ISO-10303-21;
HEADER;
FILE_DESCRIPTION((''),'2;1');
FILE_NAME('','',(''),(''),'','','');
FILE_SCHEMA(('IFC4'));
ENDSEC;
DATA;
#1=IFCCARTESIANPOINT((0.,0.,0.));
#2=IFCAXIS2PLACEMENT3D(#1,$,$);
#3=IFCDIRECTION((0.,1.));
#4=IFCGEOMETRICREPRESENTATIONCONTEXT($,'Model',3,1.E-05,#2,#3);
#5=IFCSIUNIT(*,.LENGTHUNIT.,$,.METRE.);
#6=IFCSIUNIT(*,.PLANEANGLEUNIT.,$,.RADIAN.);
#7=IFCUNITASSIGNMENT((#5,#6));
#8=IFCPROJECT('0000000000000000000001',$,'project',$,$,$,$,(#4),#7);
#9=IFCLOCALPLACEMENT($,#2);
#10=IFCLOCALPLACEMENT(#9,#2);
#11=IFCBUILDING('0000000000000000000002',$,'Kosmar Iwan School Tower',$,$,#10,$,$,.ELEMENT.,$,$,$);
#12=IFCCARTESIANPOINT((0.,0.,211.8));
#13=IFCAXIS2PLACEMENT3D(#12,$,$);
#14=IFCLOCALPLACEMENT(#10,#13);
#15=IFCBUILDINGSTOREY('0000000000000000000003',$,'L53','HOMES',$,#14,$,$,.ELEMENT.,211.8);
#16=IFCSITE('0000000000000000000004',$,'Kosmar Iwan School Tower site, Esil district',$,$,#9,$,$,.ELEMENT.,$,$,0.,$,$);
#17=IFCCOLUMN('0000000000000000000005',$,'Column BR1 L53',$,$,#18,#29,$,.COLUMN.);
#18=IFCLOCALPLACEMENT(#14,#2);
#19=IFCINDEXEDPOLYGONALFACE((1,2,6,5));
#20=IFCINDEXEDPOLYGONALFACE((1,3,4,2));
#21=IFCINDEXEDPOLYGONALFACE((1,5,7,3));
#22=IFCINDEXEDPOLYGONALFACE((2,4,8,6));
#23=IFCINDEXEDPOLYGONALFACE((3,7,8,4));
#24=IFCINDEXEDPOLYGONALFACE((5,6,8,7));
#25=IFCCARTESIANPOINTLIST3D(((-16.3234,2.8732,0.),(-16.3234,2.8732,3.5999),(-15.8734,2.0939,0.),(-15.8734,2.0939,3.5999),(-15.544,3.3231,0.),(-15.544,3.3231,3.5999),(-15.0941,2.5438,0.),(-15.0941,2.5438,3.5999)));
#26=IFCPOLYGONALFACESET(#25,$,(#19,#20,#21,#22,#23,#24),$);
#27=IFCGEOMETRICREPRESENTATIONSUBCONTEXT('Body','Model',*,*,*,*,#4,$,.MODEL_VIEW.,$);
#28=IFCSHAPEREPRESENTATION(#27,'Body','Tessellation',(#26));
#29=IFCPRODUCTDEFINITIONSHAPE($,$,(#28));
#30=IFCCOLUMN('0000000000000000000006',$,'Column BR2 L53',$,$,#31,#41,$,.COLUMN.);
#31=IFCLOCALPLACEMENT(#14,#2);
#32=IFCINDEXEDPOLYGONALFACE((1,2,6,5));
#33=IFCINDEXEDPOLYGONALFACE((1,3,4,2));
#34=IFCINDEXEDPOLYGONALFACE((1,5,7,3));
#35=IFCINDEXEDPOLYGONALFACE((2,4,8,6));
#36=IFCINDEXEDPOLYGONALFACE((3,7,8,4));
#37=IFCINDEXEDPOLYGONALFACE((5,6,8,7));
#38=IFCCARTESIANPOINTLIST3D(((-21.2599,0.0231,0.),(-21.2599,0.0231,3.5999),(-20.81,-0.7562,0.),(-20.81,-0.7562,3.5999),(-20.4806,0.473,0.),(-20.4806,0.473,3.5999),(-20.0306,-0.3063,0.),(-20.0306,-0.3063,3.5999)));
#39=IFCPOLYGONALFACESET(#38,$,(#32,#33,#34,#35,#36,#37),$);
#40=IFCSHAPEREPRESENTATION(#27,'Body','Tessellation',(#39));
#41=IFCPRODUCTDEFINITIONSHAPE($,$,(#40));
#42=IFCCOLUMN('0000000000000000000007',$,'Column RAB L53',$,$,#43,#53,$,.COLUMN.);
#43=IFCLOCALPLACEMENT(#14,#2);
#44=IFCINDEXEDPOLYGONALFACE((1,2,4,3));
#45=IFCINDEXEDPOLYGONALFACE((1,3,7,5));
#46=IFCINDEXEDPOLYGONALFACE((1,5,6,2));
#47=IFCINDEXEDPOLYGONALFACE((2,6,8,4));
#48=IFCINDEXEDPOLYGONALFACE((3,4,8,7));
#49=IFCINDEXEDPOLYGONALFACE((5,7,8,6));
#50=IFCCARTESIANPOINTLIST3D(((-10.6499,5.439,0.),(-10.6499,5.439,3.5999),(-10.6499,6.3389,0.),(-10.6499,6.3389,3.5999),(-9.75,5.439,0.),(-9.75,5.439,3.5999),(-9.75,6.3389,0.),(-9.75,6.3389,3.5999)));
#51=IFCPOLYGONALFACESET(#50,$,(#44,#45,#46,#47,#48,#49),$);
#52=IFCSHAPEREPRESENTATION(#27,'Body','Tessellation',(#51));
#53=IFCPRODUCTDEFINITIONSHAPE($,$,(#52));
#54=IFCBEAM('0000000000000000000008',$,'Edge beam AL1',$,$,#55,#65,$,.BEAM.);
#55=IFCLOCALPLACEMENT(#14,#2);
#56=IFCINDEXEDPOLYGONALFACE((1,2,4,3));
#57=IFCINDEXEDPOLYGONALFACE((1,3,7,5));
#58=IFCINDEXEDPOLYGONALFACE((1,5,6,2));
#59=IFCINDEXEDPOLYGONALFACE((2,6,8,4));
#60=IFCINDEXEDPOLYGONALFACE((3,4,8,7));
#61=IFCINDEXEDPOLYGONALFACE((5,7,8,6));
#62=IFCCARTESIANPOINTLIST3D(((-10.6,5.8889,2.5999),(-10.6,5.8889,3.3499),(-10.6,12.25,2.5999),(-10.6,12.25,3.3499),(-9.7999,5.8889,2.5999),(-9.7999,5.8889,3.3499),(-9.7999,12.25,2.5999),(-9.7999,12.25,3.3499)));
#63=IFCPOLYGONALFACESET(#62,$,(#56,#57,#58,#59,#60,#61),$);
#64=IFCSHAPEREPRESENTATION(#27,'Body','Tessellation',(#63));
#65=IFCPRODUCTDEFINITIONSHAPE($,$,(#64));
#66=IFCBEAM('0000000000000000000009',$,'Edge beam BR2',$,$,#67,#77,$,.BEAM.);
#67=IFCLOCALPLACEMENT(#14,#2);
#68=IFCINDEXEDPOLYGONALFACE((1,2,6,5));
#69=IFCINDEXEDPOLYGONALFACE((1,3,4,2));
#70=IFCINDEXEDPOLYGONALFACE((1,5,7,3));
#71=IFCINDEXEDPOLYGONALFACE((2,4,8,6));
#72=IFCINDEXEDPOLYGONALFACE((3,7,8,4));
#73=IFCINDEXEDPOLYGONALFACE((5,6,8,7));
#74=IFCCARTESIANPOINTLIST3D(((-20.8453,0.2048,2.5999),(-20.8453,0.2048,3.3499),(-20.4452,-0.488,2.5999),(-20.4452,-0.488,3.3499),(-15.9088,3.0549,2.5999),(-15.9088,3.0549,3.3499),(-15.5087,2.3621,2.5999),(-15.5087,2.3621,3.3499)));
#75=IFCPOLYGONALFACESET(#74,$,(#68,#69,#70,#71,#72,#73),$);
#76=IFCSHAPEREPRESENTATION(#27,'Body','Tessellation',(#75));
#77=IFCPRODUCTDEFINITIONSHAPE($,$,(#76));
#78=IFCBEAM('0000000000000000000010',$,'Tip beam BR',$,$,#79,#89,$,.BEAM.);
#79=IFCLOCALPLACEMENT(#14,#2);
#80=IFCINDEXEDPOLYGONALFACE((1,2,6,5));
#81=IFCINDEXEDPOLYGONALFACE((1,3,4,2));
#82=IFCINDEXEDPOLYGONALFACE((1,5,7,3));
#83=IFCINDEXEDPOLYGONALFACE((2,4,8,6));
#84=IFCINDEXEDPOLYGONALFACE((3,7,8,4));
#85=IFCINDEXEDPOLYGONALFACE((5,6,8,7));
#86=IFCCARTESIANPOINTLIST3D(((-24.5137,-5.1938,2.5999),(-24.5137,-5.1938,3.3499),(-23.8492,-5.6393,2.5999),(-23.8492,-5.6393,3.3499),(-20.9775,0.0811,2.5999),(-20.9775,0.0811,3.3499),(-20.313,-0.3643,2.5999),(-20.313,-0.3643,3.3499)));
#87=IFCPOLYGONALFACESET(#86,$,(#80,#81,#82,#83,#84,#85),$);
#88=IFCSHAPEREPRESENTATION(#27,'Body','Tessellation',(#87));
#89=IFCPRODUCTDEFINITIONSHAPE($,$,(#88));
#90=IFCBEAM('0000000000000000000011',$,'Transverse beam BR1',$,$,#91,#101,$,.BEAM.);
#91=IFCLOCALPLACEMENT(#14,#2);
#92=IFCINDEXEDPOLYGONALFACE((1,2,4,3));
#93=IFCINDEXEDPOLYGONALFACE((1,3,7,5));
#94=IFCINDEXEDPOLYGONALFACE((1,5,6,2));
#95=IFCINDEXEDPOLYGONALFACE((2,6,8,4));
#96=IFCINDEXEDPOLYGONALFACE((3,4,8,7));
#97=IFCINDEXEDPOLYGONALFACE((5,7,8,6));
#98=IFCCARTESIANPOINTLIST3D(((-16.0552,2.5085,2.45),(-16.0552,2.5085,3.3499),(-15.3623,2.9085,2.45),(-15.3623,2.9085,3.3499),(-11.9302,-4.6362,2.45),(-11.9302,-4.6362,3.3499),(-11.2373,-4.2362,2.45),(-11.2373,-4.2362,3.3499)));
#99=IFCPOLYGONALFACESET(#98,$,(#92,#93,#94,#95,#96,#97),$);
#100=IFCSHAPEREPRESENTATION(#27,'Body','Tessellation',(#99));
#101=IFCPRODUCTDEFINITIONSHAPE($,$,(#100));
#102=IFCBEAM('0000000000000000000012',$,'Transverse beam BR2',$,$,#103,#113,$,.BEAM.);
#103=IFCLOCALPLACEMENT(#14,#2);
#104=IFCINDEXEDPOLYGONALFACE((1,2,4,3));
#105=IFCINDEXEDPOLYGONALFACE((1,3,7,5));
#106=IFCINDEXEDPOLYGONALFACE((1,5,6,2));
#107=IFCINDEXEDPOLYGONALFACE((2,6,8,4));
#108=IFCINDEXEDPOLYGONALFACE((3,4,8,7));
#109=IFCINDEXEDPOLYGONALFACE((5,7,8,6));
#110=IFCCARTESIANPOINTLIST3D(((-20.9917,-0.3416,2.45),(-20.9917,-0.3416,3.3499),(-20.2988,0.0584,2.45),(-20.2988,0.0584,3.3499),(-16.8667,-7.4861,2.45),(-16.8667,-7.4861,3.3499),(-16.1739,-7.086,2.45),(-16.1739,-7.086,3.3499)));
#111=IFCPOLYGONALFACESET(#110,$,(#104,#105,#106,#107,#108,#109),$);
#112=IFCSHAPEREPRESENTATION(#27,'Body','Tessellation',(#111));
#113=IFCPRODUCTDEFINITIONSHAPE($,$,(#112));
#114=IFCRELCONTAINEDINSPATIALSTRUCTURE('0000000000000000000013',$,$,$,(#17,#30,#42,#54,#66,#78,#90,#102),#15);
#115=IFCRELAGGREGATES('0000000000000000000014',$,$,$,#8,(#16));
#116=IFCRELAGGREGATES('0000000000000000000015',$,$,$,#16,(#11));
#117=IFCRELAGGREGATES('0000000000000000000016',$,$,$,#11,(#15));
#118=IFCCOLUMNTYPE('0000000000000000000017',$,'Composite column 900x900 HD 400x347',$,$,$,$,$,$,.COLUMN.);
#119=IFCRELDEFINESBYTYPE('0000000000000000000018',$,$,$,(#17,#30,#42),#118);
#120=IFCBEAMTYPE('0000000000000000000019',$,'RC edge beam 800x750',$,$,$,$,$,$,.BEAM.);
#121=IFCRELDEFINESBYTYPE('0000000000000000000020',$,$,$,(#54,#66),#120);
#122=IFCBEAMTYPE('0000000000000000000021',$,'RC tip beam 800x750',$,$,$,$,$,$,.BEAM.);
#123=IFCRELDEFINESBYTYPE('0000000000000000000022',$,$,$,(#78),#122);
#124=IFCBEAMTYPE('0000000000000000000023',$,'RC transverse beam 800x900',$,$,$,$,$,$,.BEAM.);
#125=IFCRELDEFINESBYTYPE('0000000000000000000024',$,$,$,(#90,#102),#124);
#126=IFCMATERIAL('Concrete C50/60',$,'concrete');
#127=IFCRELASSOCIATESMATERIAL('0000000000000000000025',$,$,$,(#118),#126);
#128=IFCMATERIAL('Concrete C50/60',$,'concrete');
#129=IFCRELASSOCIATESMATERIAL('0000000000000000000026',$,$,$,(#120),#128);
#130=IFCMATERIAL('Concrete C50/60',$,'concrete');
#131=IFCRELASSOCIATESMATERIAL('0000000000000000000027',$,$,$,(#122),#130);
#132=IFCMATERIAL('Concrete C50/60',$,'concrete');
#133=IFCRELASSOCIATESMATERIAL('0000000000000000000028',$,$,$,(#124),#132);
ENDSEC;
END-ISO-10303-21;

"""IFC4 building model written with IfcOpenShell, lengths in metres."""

from ifc_helpers import new_model, si_unit, direction, frame, origin, origin_2d, place, context, subcontext, project, spatial, rectangle, extrude, material, material_profile, profile_set, type_object, element, save


model = new_model("IFC4")

# Units and contexts
model_context = context("Model", 3, precision=1e-05, world=origin(), true_north=direction((0.0, 1.0)))
body_context = subcontext(model_context, "Body", "Model", "MODEL_VIEW")
ifc_project = project(units=[si_unit("LENGTHUNIT", "METRE"), si_unit("PLANEANGLEUNIT", "RADIAN")], contexts=[model_context])

# Site, building, storey
site_placement = place(None, origin())
site = spatial("IfcSite", under=ifc_project, at=site_placement, Name="Kosmar Iwan School Tower site, Esil district", CompositionType="ELEMENT", RefElevation=0.0)
building_placement = place(site_placement, origin())
building = spatial("IfcBuilding", under=site, at=building_placement, Name="Kosmar Iwan School Tower", CompositionType="ELEMENT")
storey_placement = place(building_placement, frame((0.0, 0.0, 211.8)))
storey = spatial("IfcBuildingStorey", under=building, at=storey_placement, Name="L53", Description="HOMES", CompositionType="ELEMENT", Elevation=211.8)

# Columns
ifc_material_1 = material(Name="Concrete C50/60", Category="concrete")
ifc_material_profile_1 = material_profile(ifc_material_1, rectangle(XDim=0.8999, YDim=0.8999, at=origin_2d()), Name="RC 900x900 + HD 400x347")
ifc_profile_set_1 = profile_set([ifc_material_profile_1], Name="Concrete C50/60")
column_type = type_object("IfcColumnType", Name="Composite column 900x900 HD 400x347", PredefinedType="COLUMN", material=ifc_profile_set_1)
for number, where, z_axis, x_axis, name in (
    (1, (-15.7087, 2.7085, 0.0), (0.0, 0.0, 1.0), (-0.866025, -0.5, 0.0), "Column BR1 L53"),
    (2, (-20.6453, -0.1416, 0.0), (0.0, 0.0, 1.0), (-0.866025, -0.5, 0.0), "Column BR2 L53"),
    (3, (-10.2, 5.8889, 0.0), (0.0, 0.0, 1.0), (1.0, 0.0, 0.0), "Column RAB L53"),
):
    element("IfcColumn", number, at=place(storey_placement, frame(where, z_axis=z_axis, x_axis=x_axis)), inside=storey, type_object=column_type, Name=name, PredefinedType="COLUMN", context=body_context, shape_type="SweptSolid", body=[
        extrude(rectangle(XDim=0.8999, YDim=0.8999, at=origin_2d()), origin(), (0.0, 0.0, 1.0), 3.5999),
    ])

# Beams
ifc_material_2 = material(Name="Concrete C50/60", Category="concrete")
ifc_material_profile_2 = material_profile(ifc_material_2, rectangle(XDim=0.8, YDim=0.75, at=origin_2d()), Name="RC 800x750")
ifc_profile_set_2 = profile_set([ifc_material_profile_2], Name="Concrete C50/60")
beam_type_1 = type_object("IfcBeamType", Name="RC edge beam 800x750", PredefinedType="BEAM", material=ifc_profile_set_2)
beam_1_placement = place(storey_placement, frame((-10.2, 5.8889, 2.9749), z_axis=(0.0, 1.0, 0.0), x_axis=(-1.0, 0.0, 0.0)))
element("IfcBeam", 4, at=beam_1_placement, inside=storey, type_object=beam_type_1, Name="Edge beam AL1", PredefinedType="BEAM", context=body_context, shape_type="SweptSolid", body=[
    extrude(rectangle(XDim=0.8, YDim=0.75, at=origin_2d()), origin(), (0.0, 0.0, 1.0), 6.3611),
])
beam_2_placement = place(storey_placement, frame((-15.7087, 2.7085, 2.9749), z_axis=(-0.866026, -0.499999, 0.0), x_axis=(0.499999, -0.866026, 0.0)))
element("IfcBeam", 5, at=beam_2_placement, inside=storey, type_object=beam_type_1, Name="Edge beam BR2", PredefinedType="BEAM", context=body_context, shape_type="SweptSolid", body=[
    extrude(rectangle(XDim=0.8, YDim=0.75, at=origin_2d()), origin(), (0.0, 0.0, 1.0), 5.7002),
])
ifc_material_3 = material(Name="Concrete C50/60", Category="concrete")
ifc_material_profile_3 = material_profile(ifc_material_3, rectangle(XDim=0.8, YDim=0.75, at=origin_2d()), Name="RC 800x750")
ifc_profile_set_3 = profile_set([ifc_material_profile_3], Name="Concrete C50/60")
beam_type_2 = type_object("IfcBeamType", Name="RC tip beam 800x750", PredefinedType="BEAM", material=ifc_profile_set_3)
beam_3_placement = place(storey_placement, frame((-20.6453, -0.1416, 2.9749), z_axis=(-0.556828, -0.830628, 0.0), x_axis=(0.830628, -0.556828, 0.0)))
element("IfcBeam", 6, at=beam_3_placement, inside=storey, type_object=beam_type_2, Name="Tip beam BR", PredefinedType="BEAM", context=body_context, shape_type="SweptSolid", body=[
    extrude(rectangle(XDim=0.8, YDim=0.75, at=origin_2d()), origin(), (0.0, 0.0, 1.0), 6.3506),
])
ifc_material_4 = material(Name="Concrete C50/60", Category="concrete")
ifc_material_profile_4 = material_profile(ifc_material_4, rectangle(XDim=0.8, YDim=0.8999, at=origin_2d()), Name="RC 800x900")
ifc_profile_set_4 = profile_set([ifc_material_profile_4], Name="Concrete C50/60")
beam_type_3 = type_object("IfcBeamType", Name="RC transverse beam 800x900", PredefinedType="BEAM", material=ifc_profile_set_4)
beam_4_placement = place(storey_placement, frame((-15.7087, 2.7085, 2.8999), z_axis=(0.499997, -0.866027, 0.0), x_axis=(0.866027, 0.499997, 0.0)))
element("IfcBeam", 7, at=beam_4_placement, inside=storey, type_object=beam_type_3, Name="Transverse beam BR1", PredefinedType="BEAM", context=body_context, shape_type="SweptSolid", body=[
    extrude(rectangle(XDim=0.8, YDim=0.8999, at=origin_2d()), origin(), (0.0, 0.0, 1.0), 8.25),
])
beam_5_placement = place(storey_placement, frame((-20.6453, -0.1416, 2.8999), z_axis=(0.500009, -0.86602, 0.0), x_axis=(0.86602, 0.500009, 0.0)))
element("IfcBeam", 8, at=beam_5_placement, inside=storey, type_object=beam_type_3, Name="Transverse beam BR2", PredefinedType="BEAM", context=body_context, shape_type="SweptSolid", body=[
    extrude(rectangle(XDim=0.8, YDim=0.8999, at=origin_2d()), origin(), (0.0, 0.0, 1.0), 8.2498),
])

save(model, "model.ifc")
